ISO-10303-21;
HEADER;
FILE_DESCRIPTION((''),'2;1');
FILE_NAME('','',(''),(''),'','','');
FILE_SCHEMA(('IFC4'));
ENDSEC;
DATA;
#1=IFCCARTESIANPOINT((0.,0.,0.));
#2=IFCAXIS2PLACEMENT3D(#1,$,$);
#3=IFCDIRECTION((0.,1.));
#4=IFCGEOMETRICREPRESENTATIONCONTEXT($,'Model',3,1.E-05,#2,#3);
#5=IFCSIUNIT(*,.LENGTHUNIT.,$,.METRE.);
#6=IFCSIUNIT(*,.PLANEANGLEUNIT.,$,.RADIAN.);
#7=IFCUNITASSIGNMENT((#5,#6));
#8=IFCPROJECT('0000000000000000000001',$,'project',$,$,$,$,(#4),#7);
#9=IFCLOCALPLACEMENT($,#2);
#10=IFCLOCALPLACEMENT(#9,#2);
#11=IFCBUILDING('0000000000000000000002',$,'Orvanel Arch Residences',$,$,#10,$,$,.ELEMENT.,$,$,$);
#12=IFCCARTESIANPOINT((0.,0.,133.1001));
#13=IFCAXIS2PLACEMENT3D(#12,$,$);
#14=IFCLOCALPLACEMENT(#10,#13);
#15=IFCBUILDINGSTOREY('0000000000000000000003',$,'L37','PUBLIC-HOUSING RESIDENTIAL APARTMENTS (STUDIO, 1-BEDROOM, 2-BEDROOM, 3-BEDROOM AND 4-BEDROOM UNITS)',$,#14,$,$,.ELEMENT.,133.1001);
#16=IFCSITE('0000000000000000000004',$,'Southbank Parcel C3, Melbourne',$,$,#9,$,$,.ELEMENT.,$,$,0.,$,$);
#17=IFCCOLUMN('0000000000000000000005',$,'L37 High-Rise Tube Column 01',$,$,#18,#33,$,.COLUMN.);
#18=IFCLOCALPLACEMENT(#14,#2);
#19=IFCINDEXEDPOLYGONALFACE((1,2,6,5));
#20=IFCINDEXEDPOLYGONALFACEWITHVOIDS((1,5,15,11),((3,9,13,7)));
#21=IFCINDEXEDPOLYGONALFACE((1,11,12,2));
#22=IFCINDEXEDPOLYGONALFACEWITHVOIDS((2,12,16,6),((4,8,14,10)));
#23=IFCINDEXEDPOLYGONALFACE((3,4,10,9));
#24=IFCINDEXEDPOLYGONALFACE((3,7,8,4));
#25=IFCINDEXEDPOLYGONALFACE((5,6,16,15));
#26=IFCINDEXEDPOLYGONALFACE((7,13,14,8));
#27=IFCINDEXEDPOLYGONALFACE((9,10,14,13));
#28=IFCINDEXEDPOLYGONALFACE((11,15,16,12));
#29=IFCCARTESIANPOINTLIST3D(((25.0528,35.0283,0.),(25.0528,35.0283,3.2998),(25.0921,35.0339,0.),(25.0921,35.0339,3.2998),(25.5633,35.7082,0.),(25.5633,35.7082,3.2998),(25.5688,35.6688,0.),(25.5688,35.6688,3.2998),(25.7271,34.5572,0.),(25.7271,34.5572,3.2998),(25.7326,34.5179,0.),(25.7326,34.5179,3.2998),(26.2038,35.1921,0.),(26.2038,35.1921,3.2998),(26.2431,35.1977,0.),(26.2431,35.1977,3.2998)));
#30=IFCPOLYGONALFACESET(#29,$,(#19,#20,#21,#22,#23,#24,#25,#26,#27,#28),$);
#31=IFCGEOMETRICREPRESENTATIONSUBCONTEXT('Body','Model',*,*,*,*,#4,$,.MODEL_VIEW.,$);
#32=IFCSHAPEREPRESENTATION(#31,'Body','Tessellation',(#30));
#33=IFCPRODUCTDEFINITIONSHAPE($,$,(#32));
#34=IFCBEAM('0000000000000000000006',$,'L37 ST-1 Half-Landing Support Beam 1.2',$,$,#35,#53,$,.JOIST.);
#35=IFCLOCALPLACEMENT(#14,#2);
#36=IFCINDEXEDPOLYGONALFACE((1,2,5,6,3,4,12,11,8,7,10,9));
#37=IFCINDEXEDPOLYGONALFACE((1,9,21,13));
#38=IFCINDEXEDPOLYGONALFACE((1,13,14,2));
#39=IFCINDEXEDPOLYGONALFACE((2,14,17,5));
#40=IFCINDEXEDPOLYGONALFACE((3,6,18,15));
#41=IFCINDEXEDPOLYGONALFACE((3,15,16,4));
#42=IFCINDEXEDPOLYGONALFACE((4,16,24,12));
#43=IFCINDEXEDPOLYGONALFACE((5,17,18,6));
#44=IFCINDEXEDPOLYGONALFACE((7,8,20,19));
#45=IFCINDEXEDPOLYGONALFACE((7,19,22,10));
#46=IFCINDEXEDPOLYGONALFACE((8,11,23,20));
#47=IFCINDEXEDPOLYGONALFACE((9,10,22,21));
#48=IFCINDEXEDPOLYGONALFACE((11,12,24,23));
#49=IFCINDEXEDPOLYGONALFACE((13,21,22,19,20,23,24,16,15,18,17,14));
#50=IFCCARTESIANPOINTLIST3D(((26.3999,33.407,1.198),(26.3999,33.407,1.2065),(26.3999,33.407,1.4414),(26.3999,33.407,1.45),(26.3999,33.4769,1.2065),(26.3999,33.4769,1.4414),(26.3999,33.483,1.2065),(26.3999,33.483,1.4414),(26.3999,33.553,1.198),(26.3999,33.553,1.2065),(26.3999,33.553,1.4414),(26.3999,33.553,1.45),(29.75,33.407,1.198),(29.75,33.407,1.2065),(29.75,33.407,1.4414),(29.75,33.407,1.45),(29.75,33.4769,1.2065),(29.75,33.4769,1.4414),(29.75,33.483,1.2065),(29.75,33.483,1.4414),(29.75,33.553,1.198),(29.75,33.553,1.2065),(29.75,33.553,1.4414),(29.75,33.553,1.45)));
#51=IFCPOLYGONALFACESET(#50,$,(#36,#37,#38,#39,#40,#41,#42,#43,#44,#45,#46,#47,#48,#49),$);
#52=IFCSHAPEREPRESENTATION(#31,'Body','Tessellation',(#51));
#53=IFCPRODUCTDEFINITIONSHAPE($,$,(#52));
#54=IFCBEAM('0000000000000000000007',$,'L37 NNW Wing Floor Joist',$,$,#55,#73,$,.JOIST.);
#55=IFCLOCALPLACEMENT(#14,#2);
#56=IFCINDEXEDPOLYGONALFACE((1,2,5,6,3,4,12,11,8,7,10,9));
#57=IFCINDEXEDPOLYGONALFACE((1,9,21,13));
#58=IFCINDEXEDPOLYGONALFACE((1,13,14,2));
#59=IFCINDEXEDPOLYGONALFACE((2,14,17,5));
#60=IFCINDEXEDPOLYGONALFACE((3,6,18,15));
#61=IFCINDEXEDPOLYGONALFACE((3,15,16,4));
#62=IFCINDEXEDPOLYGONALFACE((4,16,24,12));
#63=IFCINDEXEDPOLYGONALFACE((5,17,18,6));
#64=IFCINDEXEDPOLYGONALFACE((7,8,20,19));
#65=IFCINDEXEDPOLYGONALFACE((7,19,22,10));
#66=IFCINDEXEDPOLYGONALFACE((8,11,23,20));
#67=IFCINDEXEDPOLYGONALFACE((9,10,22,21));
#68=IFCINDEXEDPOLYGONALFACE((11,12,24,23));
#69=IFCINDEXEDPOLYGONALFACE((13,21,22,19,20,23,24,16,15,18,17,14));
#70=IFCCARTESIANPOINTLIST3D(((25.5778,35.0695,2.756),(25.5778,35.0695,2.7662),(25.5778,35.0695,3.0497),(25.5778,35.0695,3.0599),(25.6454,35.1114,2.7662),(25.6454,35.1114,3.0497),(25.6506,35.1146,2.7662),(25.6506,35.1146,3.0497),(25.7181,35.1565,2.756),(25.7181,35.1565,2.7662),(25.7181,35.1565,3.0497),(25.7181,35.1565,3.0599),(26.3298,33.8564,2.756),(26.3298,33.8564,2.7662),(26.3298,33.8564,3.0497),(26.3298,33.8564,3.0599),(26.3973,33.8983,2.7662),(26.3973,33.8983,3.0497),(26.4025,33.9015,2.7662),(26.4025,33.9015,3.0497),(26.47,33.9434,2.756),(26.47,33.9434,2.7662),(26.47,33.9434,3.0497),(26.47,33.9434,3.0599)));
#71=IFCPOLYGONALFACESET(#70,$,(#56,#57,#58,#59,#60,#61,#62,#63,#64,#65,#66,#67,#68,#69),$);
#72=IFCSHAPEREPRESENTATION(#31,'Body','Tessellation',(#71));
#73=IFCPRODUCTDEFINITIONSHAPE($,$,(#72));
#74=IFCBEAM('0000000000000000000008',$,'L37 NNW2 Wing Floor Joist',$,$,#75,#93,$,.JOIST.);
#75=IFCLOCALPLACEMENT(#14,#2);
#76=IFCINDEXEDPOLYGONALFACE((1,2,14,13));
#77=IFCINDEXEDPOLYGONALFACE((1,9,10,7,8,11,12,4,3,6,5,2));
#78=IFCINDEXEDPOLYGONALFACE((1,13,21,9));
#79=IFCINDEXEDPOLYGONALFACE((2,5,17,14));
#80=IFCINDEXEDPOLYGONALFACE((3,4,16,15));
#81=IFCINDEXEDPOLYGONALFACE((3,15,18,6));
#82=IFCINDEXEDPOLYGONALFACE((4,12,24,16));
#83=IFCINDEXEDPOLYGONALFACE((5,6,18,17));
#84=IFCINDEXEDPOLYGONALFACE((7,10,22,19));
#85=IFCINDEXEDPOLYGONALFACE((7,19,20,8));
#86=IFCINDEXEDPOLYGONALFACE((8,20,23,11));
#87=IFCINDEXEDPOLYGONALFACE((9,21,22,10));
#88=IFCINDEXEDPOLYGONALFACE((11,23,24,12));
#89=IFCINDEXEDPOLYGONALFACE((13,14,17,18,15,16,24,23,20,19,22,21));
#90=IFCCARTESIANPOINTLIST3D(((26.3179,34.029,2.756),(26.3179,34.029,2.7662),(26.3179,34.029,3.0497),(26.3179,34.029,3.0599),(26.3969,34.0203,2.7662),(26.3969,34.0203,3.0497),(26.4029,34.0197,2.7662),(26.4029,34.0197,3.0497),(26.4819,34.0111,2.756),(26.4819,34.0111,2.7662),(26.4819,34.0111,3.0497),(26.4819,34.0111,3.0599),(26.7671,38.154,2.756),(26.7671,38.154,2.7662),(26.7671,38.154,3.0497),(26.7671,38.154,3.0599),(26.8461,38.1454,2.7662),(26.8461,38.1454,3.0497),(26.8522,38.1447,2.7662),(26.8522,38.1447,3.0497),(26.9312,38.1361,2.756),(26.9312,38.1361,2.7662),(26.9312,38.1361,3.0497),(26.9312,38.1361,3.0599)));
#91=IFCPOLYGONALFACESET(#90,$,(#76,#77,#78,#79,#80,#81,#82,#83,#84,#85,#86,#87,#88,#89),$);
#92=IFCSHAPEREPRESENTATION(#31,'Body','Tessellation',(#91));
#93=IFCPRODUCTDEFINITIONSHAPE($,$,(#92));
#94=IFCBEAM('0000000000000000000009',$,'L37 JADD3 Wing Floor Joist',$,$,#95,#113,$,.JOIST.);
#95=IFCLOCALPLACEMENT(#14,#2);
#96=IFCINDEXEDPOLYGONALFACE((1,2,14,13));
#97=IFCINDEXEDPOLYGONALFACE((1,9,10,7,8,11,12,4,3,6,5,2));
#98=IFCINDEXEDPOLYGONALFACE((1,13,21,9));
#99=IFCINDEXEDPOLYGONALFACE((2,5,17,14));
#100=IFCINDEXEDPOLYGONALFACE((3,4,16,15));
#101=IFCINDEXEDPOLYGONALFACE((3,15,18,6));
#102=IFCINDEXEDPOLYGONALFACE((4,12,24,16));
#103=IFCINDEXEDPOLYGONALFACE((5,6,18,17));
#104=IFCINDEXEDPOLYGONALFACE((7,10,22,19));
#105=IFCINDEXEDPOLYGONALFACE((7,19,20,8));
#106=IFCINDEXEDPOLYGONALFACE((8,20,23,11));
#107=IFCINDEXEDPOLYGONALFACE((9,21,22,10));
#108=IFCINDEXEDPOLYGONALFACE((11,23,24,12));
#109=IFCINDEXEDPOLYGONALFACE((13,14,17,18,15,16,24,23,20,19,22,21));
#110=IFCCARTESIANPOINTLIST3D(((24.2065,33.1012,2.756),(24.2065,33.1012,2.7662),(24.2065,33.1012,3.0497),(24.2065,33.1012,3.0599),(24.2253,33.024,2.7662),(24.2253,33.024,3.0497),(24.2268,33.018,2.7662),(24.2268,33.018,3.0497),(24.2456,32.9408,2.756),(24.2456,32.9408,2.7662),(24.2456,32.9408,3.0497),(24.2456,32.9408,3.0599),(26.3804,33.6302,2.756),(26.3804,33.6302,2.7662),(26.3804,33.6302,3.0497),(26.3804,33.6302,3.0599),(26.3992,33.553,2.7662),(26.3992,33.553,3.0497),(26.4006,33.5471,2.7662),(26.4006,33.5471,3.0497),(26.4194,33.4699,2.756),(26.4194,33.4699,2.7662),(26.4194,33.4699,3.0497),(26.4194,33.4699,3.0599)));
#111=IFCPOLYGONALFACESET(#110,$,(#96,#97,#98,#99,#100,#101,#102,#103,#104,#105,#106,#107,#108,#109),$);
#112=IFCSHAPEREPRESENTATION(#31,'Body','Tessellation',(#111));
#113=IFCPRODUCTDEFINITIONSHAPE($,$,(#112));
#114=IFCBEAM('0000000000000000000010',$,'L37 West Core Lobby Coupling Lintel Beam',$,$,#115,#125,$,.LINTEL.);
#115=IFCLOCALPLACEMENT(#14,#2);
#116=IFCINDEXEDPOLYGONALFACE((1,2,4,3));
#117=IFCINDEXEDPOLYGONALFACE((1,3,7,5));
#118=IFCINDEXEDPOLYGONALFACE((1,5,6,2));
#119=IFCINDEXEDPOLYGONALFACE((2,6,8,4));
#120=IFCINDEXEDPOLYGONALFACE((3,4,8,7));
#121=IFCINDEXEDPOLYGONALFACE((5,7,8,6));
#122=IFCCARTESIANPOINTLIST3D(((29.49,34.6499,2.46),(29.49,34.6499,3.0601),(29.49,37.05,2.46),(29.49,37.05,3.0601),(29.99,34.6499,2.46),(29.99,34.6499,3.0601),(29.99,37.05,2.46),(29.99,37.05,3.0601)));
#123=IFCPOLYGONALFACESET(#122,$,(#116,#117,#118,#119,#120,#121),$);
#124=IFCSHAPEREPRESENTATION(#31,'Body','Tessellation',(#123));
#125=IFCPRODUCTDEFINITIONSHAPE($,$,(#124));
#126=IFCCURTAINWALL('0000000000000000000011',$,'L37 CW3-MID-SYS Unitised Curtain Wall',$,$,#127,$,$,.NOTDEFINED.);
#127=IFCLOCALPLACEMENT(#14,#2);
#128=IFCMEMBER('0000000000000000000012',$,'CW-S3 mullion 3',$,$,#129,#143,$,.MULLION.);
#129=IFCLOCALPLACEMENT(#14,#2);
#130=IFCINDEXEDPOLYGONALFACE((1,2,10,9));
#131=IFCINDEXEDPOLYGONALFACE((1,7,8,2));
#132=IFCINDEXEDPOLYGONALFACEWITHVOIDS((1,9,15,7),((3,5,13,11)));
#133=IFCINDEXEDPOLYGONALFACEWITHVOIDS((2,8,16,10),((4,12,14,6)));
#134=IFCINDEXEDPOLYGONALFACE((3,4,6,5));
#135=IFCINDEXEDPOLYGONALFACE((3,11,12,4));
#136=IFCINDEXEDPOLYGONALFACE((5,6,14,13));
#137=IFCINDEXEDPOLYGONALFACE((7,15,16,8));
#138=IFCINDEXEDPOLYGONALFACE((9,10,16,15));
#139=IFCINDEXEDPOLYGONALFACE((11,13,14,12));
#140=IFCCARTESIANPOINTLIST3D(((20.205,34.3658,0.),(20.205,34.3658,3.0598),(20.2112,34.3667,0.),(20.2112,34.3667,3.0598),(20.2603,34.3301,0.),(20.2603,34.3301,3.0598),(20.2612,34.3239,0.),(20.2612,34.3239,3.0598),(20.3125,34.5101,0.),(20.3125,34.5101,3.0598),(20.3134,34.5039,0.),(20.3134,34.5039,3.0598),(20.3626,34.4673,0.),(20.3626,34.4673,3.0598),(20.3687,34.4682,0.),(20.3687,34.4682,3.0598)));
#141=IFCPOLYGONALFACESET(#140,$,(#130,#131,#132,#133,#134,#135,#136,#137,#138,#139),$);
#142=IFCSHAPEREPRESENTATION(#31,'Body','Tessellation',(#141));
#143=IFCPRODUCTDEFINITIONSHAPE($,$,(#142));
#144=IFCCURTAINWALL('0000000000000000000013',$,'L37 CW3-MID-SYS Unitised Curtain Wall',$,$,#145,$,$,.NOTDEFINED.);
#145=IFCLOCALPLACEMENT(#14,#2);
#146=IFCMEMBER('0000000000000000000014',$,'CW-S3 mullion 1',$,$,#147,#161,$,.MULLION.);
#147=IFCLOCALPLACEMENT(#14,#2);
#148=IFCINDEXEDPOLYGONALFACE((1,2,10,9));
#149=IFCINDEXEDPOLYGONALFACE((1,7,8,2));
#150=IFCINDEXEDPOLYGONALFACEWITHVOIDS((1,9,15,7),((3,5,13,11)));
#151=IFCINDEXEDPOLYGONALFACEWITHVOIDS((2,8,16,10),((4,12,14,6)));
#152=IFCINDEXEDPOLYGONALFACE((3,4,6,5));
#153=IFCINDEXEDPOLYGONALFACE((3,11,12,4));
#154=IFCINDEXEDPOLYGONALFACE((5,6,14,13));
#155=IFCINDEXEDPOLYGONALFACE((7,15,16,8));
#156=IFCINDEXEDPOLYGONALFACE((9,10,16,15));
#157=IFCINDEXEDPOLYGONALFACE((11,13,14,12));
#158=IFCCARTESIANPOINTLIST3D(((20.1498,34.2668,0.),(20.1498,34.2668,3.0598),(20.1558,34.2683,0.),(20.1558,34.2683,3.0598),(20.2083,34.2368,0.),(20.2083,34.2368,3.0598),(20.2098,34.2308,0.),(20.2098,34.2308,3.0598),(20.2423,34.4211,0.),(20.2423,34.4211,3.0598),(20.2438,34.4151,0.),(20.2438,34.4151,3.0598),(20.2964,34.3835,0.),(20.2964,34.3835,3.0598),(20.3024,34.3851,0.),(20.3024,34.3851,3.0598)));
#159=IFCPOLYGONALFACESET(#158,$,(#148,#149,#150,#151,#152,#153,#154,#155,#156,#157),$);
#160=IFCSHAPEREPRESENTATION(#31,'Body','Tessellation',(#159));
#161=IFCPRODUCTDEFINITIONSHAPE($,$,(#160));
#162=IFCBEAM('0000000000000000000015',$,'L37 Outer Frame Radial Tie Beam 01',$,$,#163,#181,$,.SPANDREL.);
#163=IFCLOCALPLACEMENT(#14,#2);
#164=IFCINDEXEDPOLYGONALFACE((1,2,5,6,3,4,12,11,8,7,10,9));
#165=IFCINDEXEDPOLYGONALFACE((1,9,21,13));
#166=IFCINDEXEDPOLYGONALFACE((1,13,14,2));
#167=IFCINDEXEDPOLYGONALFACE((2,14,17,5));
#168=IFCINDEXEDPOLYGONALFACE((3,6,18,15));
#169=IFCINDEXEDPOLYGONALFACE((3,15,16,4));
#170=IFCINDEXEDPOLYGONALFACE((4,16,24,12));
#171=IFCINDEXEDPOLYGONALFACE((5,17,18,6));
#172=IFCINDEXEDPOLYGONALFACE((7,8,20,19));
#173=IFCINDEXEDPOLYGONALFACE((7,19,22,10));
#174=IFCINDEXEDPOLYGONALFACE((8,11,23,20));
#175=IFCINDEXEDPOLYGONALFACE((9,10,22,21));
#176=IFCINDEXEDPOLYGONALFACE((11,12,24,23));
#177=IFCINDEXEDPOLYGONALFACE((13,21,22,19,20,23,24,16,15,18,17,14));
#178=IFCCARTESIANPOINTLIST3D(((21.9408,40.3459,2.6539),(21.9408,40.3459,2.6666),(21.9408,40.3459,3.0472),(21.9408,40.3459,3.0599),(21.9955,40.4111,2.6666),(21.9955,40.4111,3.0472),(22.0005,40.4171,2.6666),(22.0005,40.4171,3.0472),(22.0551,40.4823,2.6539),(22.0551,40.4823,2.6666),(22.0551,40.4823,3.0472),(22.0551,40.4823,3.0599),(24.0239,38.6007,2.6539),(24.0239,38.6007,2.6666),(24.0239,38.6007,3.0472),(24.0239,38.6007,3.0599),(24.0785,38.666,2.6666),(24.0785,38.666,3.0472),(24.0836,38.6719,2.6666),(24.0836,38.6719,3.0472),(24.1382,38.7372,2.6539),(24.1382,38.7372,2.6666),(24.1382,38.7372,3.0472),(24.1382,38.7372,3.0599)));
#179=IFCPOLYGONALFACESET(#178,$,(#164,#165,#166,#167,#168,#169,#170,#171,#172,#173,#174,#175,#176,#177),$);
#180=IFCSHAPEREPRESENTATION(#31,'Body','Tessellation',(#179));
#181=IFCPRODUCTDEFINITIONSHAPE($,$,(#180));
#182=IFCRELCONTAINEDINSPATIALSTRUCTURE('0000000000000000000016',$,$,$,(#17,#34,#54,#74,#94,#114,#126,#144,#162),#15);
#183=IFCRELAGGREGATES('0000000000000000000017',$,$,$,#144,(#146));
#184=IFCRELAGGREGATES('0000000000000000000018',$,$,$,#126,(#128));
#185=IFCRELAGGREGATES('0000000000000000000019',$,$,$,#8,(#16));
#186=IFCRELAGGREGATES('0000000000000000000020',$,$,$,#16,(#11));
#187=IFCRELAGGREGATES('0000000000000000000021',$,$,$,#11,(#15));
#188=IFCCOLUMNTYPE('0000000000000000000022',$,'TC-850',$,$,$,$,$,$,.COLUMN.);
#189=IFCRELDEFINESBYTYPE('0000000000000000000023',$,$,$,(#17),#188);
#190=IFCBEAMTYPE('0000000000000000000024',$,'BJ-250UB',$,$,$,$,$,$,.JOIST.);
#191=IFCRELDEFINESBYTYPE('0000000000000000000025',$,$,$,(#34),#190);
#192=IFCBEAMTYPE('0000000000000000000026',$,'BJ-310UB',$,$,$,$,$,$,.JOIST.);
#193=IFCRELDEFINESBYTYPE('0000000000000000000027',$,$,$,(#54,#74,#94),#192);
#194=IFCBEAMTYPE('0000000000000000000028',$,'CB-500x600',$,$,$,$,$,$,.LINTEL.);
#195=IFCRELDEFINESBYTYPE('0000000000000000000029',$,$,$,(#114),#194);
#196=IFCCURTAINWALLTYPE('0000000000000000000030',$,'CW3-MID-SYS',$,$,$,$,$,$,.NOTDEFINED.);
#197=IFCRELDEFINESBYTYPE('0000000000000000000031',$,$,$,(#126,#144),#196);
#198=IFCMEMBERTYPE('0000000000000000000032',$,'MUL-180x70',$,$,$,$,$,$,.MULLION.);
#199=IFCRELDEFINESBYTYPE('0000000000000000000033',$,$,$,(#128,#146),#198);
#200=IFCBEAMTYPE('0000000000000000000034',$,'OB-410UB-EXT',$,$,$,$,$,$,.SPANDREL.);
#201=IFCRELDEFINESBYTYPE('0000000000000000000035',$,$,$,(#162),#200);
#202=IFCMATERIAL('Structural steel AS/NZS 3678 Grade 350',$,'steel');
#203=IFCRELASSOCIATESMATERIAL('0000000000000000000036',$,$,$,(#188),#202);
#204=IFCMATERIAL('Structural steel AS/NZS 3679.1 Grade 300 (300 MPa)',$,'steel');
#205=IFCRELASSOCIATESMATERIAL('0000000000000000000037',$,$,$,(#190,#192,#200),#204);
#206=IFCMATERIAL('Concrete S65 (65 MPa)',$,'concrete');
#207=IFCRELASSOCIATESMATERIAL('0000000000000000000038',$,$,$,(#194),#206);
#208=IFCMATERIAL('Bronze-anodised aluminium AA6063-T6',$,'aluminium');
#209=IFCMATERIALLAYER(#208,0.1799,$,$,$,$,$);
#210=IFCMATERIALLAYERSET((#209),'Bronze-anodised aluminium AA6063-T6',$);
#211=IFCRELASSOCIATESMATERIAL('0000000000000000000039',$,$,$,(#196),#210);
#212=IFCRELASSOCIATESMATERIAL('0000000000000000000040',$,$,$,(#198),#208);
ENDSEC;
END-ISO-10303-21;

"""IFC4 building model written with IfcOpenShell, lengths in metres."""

from ifc_helpers import new_model, si_unit, direction, frame, origin, origin_2d, place, context, subcontext, project, spatial, rectangle, hollow_rectangle, i_section, extrude, material, layer, layer_set, material_profile, profile_set, type_object, element, aggregate, save


model = new_model("IFC4")

# Units and contexts
model_context = context("Model", 3, precision=1e-05, world=origin(), true_north=direction((0.0, 1.0)))
body_context = subcontext(model_context, "Body", "Model", "MODEL_VIEW")
ifc_project = project(units=[si_unit("LENGTHUNIT", "METRE"), si_unit("PLANEANGLEUNIT", "RADIAN")], contexts=[model_context])

# Site, building, storey
site_placement = place(None, origin())
site = spatial("IfcSite", under=ifc_project, at=site_placement, Name="Southbank Parcel C3, Melbourne", CompositionType="ELEMENT", RefElevation=0.0)
building_placement = place(site_placement, origin())
building = spatial("IfcBuilding", under=site, at=building_placement, Name="Orvanel Arch Residences", CompositionType="ELEMENT")
storey_placement = place(building_placement, frame((0.0, 0.0, 133.1001)))
storey = spatial("IfcBuildingStorey", under=building, at=storey_placement, Name="L37", Description="PUBLIC-HOUSING RESIDENTIAL APARTMENTS (STUDIO, 1-BEDROOM, 2-BEDROOM, 3-BEDROOM AND 4-BEDROOM UNITS)", CompositionType="ELEMENT", Elevation=133.1001)

# Column
ifc_material_1 = material(Name="Structural steel AS/NZS 3678 Grade 350", Category="steel")
ifc_material_profile_1 = material_profile(ifc_material_1, hollow_rectangle(XDim=0.8501, YDim=0.8501, WallThickness=0.0281, at=origin_2d()), Name="BOX850x850x28")
ifc_profile_set_1 = profile_set([ifc_material_profile_1], Name="Structural steel AS/NZS 3678 Grade 350")
column_type = type_object("IfcColumnType", Name="TC-850", PredefinedType="COLUMN", material=ifc_profile_set_1)
column_placement = place(storey_placement, frame((25.6479, 35.113, 0.0), z_axis=(0.0, 0.0, 1.0), x_axis=(0.60042, 0.799685, 0.0)))
element("IfcColumn", 1, at=column_placement, inside=storey, type_object=column_type, Name="L37 High-Rise Tube Column 01", PredefinedType="COLUMN", context=body_context, shape_type="SweptSolid", body=[
    extrude(hollow_rectangle(XDim=0.8501, YDim=0.8501, WallThickness=0.0281, at=origin_2d()), origin(), (0.0, 0.0, 1.0), 3.2998),
])

# Beams
ifc_material_2 = material(Name="Structural steel AS/NZS 3679.1 Grade 300 (300 MPa)", Category="steel")
ifc_material_profile_2 = material_profile(ifc_material_2, i_section(OverallWidth=0.146, OverallDepth=0.252, WebThickness=0.0061, FlangeThickness=0.0085, at=origin_2d()), Name="250UB31.4")
ifc_profile_set_2 = profile_set([ifc_material_profile_2], Name="Structural steel AS/NZS 3679.1 Grade 300 (300 MPa)")
beam_type_1 = type_object("IfcBeamType", Name="BJ-250UB", PredefinedType="JOIST", material=ifc_profile_set_2)
beam_1_placement = place(storey_placement, frame((26.3999, 33.48, 1.324), z_axis=(1.0, 0.0, 0.0), x_axis=(0.0, 1.0, 0.0)))
element("IfcBeam", 2, at=beam_1_placement, inside=storey, type_object=beam_type_1, Name="L37 ST-1 Half-Landing Support Beam 1.2", PredefinedType="JOIST", context=body_context, shape_type="SweptSolid", body=[
    extrude(i_section(OverallWidth=0.146, OverallDepth=0.252, WebThickness=0.0061, FlangeThickness=0.0085, at=origin_2d()), origin(), (0.0, 0.0, 1.0), 3.3501),
])
ifc_material_profile_3 = material_profile(ifc_material_2, i_section(OverallWidth=0.165, OverallDepth=0.304, WebThickness=0.0061, FlangeThickness=0.0103, at=origin_2d()), Name="310UB40.4")
ifc_profile_set_3 = profile_set([ifc_material_profile_3], Name="Structural steel AS/NZS 3679.1 Grade 300 (300 MPa)")
beam_type_2 = type_object("IfcBeamType", Name="BJ-310UB", PredefinedType="JOIST", material=ifc_profile_set_3)
beam_2_placement = place(storey_placement, frame((26.3999, 33.8999, 2.908), z_axis=(-0.526843, 0.849962, 0.0), x_axis=(-0.849962, -0.526843, 0.0)))
element("IfcBeam", 3, at=beam_2_placement, inside=storey, type_object=beam_type_2, Name="L37 NNW Wing Floor Joist", PredefinedType="JOIST", context=body_context, shape_type="SweptSolid", body=[
    extrude(i_section(OverallWidth=0.165, OverallDepth=0.304, WebThickness=0.0061, FlangeThickness=0.0103, at=origin_2d()), origin(), (0.0, 0.0, 1.0), 1.4272),
])
beam_3_placement = place(storey_placement, frame((26.3999, 34.02, 2.908), z_axis=(0.108261, 0.994122, 0.0), x_axis=(-0.994122, 0.108261, 0.0)))
element("IfcBeam", 4, at=beam_3_placement, inside=storey, type_object=beam_type_2, Name="L37 NNW2 Wing Floor Joist", PredefinedType="JOIST", context=body_context, shape_type="SweptSolid", body=[
    extrude(i_section(OverallWidth=0.165, OverallDepth=0.304, WebThickness=0.0061, FlangeThickness=0.0103, at=origin_2d()), origin(), (0.0, 0.0, 1.0), 4.1494),
])
beam_4_placement = place(storey_placement, frame((26.3999, 33.55, 2.908), z_axis=(-0.971638, -0.236471, 0.0), x_axis=(0.236471, -0.971638, 0.0)))
element("IfcBeam", 5, at=beam_4_placement, inside=storey, type_object=beam_type_2, Name="L37 JADD3 Wing Floor Joist", PredefinedType="JOIST", context=body_context, shape_type="SweptSolid", body=[
    extrude(i_section(OverallWidth=0.165, OverallDepth=0.304, WebThickness=0.0061, FlangeThickness=0.0103, at=origin_2d()), origin(), (0.0, 0.0, 1.0), 2.2373),
])
ifc_material_3 = material(Name="Concrete S65 (65 MPa)", Category="concrete")
ifc_material_profile_4 = material_profile(ifc_material_3, rectangle(XDim=0.5, YDim=0.6001, at=origin_2d()), Name="RC500x600")
ifc_profile_set_4 = profile_set([ifc_material_profile_4], Name="Concrete S65 (65 MPa)")
beam_type_3 = type_object("IfcBeamType", Name="CB-500x600", PredefinedType="LINTEL", material=ifc_profile_set_4)
beam_5_placement = place(storey_placement, frame((29.74, 34.6499, 2.76), z_axis=(0.0, 1.0, 0.0), x_axis=(-1.0, 0.0, 0.0)))
element("IfcBeam", 6, at=beam_5_placement, inside=storey, type_object=beam_type_3, Name="L37 West Core Lobby Coupling Lintel Beam", PredefinedType="LINTEL", context=body_context, shape_type="SweptSolid", body=[
    extrude(rectangle(XDim=0.5, YDim=0.6001, at=origin_2d()), origin(), (0.0, 0.0, 1.0), 2.4001),
])

# Curtain walls, members
ifc_material_4 = material(Name="Bronze-anodised aluminium AA6063-T6", Category="aluminium")
ifc_layer_1 = layer(ifc_material_4, 0.1799)
ifc_layer_set_1 = layer_set([ifc_layer_1], Name="Bronze-anodised aluminium AA6063-T6")
curtain_wall_type = type_object("IfcCurtainWallType", Name="CW3-MID-SYS", PredefinedType="NOTDEFINED", material=ifc_layer_set_1)
curtain_wall_1_placement = place(storey_placement, origin())
curtain_wall_1 = element("IfcCurtainWall", 7, at=curtain_wall_1_placement, inside=storey, type_object=curtain_wall_type, Name="L37 CW3-MID-SYS Unitised Curtain Wall", PredefinedType="NOTDEFINED")
ifc_material_profile_5 = material_profile(ifc_material_4, hollow_rectangle(XDim=0.0701, YDim=0.1799, WallThickness=0.0044, at=origin_2d()), Name="ALU180x70x4.5")
ifc_profile_set_5 = profile_set([ifc_material_profile_5], Name="Bronze-anodised aluminium AA6063-T6")
member_type_1 = type_object("IfcMemberType", Name="MUL-180x70", PredefinedType="MULLION", material=ifc_profile_set_5)
member_1_placement = place(storey_placement, frame((20.2869, 34.417, 0.0), z_axis=(0.0, 0.0, 1.0), x_axis=(0.801951, -0.59739, 0.0)))
member_1 = element("IfcMember", 8, at=member_1_placement, type_object=member_type_1, Name="CW-S3 mullion 3", PredefinedType="MULLION", context=body_context, shape_type="SweptSolid", body=[
    extrude(hollow_rectangle(XDim=0.0701, YDim=0.1799, WallThickness=0.0044, at=origin_2d()), origin(), (0.0, 0.0, 1.0), 3.0598),
])
curtain_wall_2_placement = place(storey_placement, origin())
curtain_wall_2 = element("IfcCurtainWall", 9, at=curtain_wall_2_placement, inside=storey, type_object=curtain_wall_type, Name="L37 CW3-MID-SYS Unitised Curtain Wall", PredefinedType="NOTDEFINED")
member_2_placement = place(storey_placement, frame((20.2261, 34.3259, 0.0), z_axis=(0.0, 0.0, 1.0), x_axis=(0.857532, -0.514431, 0.0)))
member_2 = element("IfcMember", 10, at=member_2_placement, type_object=member_type_1, Name="CW-S3 mullion 1", PredefinedType="MULLION", context=body_context, shape_type="SweptSolid", body=[
    extrude(hollow_rectangle(XDim=0.0701, YDim=0.1799, WallThickness=0.0044, at=origin_2d()), origin(), (0.0, 0.0, 1.0), 3.0598),
])

# Beam
ifc_material_profile_6 = material_profile(ifc_material_2, i_section(OverallWidth=0.178, OverallDepth=0.406, WebThickness=0.0078, FlangeThickness=0.0127, at=origin_2d()), Name="410UB59.7")
ifc_profile_set_6 = profile_set([ifc_material_profile_6], Name="Structural steel AS/NZS 3679.1 Grade 300 (300 MPa)")
beam_type_4 = type_object("IfcBeamType", Name="OB-410UB-EXT", PredefinedType="SPANDREL", material=ifc_profile_set_6)
beam_6_placement = place(storey_placement, frame((24.0811, 38.6689, 2.8569), z_axis=(-0.76654, 0.642197, 0.0), x_axis=(-0.642197, -0.76654, 0.0)))
element("IfcBeam", 11, at=beam_6_placement, inside=storey, type_object=beam_type_4, Name="L37 Outer Frame Radial Tie Beam 01", PredefinedType="SPANDREL", context=body_context, shape_type="SweptSolid", body=[
    extrude(i_section(OverallWidth=0.178, OverallDepth=0.406, WebThickness=0.0078, FlangeThickness=0.0127, at=origin_2d()), origin(), (0.0, 0.0, 1.0), 2.7175),
])

aggregate(curtain_wall_2, [member_2])

aggregate(curtain_wall_1, [member_1])

save(model, "model.ifc")
